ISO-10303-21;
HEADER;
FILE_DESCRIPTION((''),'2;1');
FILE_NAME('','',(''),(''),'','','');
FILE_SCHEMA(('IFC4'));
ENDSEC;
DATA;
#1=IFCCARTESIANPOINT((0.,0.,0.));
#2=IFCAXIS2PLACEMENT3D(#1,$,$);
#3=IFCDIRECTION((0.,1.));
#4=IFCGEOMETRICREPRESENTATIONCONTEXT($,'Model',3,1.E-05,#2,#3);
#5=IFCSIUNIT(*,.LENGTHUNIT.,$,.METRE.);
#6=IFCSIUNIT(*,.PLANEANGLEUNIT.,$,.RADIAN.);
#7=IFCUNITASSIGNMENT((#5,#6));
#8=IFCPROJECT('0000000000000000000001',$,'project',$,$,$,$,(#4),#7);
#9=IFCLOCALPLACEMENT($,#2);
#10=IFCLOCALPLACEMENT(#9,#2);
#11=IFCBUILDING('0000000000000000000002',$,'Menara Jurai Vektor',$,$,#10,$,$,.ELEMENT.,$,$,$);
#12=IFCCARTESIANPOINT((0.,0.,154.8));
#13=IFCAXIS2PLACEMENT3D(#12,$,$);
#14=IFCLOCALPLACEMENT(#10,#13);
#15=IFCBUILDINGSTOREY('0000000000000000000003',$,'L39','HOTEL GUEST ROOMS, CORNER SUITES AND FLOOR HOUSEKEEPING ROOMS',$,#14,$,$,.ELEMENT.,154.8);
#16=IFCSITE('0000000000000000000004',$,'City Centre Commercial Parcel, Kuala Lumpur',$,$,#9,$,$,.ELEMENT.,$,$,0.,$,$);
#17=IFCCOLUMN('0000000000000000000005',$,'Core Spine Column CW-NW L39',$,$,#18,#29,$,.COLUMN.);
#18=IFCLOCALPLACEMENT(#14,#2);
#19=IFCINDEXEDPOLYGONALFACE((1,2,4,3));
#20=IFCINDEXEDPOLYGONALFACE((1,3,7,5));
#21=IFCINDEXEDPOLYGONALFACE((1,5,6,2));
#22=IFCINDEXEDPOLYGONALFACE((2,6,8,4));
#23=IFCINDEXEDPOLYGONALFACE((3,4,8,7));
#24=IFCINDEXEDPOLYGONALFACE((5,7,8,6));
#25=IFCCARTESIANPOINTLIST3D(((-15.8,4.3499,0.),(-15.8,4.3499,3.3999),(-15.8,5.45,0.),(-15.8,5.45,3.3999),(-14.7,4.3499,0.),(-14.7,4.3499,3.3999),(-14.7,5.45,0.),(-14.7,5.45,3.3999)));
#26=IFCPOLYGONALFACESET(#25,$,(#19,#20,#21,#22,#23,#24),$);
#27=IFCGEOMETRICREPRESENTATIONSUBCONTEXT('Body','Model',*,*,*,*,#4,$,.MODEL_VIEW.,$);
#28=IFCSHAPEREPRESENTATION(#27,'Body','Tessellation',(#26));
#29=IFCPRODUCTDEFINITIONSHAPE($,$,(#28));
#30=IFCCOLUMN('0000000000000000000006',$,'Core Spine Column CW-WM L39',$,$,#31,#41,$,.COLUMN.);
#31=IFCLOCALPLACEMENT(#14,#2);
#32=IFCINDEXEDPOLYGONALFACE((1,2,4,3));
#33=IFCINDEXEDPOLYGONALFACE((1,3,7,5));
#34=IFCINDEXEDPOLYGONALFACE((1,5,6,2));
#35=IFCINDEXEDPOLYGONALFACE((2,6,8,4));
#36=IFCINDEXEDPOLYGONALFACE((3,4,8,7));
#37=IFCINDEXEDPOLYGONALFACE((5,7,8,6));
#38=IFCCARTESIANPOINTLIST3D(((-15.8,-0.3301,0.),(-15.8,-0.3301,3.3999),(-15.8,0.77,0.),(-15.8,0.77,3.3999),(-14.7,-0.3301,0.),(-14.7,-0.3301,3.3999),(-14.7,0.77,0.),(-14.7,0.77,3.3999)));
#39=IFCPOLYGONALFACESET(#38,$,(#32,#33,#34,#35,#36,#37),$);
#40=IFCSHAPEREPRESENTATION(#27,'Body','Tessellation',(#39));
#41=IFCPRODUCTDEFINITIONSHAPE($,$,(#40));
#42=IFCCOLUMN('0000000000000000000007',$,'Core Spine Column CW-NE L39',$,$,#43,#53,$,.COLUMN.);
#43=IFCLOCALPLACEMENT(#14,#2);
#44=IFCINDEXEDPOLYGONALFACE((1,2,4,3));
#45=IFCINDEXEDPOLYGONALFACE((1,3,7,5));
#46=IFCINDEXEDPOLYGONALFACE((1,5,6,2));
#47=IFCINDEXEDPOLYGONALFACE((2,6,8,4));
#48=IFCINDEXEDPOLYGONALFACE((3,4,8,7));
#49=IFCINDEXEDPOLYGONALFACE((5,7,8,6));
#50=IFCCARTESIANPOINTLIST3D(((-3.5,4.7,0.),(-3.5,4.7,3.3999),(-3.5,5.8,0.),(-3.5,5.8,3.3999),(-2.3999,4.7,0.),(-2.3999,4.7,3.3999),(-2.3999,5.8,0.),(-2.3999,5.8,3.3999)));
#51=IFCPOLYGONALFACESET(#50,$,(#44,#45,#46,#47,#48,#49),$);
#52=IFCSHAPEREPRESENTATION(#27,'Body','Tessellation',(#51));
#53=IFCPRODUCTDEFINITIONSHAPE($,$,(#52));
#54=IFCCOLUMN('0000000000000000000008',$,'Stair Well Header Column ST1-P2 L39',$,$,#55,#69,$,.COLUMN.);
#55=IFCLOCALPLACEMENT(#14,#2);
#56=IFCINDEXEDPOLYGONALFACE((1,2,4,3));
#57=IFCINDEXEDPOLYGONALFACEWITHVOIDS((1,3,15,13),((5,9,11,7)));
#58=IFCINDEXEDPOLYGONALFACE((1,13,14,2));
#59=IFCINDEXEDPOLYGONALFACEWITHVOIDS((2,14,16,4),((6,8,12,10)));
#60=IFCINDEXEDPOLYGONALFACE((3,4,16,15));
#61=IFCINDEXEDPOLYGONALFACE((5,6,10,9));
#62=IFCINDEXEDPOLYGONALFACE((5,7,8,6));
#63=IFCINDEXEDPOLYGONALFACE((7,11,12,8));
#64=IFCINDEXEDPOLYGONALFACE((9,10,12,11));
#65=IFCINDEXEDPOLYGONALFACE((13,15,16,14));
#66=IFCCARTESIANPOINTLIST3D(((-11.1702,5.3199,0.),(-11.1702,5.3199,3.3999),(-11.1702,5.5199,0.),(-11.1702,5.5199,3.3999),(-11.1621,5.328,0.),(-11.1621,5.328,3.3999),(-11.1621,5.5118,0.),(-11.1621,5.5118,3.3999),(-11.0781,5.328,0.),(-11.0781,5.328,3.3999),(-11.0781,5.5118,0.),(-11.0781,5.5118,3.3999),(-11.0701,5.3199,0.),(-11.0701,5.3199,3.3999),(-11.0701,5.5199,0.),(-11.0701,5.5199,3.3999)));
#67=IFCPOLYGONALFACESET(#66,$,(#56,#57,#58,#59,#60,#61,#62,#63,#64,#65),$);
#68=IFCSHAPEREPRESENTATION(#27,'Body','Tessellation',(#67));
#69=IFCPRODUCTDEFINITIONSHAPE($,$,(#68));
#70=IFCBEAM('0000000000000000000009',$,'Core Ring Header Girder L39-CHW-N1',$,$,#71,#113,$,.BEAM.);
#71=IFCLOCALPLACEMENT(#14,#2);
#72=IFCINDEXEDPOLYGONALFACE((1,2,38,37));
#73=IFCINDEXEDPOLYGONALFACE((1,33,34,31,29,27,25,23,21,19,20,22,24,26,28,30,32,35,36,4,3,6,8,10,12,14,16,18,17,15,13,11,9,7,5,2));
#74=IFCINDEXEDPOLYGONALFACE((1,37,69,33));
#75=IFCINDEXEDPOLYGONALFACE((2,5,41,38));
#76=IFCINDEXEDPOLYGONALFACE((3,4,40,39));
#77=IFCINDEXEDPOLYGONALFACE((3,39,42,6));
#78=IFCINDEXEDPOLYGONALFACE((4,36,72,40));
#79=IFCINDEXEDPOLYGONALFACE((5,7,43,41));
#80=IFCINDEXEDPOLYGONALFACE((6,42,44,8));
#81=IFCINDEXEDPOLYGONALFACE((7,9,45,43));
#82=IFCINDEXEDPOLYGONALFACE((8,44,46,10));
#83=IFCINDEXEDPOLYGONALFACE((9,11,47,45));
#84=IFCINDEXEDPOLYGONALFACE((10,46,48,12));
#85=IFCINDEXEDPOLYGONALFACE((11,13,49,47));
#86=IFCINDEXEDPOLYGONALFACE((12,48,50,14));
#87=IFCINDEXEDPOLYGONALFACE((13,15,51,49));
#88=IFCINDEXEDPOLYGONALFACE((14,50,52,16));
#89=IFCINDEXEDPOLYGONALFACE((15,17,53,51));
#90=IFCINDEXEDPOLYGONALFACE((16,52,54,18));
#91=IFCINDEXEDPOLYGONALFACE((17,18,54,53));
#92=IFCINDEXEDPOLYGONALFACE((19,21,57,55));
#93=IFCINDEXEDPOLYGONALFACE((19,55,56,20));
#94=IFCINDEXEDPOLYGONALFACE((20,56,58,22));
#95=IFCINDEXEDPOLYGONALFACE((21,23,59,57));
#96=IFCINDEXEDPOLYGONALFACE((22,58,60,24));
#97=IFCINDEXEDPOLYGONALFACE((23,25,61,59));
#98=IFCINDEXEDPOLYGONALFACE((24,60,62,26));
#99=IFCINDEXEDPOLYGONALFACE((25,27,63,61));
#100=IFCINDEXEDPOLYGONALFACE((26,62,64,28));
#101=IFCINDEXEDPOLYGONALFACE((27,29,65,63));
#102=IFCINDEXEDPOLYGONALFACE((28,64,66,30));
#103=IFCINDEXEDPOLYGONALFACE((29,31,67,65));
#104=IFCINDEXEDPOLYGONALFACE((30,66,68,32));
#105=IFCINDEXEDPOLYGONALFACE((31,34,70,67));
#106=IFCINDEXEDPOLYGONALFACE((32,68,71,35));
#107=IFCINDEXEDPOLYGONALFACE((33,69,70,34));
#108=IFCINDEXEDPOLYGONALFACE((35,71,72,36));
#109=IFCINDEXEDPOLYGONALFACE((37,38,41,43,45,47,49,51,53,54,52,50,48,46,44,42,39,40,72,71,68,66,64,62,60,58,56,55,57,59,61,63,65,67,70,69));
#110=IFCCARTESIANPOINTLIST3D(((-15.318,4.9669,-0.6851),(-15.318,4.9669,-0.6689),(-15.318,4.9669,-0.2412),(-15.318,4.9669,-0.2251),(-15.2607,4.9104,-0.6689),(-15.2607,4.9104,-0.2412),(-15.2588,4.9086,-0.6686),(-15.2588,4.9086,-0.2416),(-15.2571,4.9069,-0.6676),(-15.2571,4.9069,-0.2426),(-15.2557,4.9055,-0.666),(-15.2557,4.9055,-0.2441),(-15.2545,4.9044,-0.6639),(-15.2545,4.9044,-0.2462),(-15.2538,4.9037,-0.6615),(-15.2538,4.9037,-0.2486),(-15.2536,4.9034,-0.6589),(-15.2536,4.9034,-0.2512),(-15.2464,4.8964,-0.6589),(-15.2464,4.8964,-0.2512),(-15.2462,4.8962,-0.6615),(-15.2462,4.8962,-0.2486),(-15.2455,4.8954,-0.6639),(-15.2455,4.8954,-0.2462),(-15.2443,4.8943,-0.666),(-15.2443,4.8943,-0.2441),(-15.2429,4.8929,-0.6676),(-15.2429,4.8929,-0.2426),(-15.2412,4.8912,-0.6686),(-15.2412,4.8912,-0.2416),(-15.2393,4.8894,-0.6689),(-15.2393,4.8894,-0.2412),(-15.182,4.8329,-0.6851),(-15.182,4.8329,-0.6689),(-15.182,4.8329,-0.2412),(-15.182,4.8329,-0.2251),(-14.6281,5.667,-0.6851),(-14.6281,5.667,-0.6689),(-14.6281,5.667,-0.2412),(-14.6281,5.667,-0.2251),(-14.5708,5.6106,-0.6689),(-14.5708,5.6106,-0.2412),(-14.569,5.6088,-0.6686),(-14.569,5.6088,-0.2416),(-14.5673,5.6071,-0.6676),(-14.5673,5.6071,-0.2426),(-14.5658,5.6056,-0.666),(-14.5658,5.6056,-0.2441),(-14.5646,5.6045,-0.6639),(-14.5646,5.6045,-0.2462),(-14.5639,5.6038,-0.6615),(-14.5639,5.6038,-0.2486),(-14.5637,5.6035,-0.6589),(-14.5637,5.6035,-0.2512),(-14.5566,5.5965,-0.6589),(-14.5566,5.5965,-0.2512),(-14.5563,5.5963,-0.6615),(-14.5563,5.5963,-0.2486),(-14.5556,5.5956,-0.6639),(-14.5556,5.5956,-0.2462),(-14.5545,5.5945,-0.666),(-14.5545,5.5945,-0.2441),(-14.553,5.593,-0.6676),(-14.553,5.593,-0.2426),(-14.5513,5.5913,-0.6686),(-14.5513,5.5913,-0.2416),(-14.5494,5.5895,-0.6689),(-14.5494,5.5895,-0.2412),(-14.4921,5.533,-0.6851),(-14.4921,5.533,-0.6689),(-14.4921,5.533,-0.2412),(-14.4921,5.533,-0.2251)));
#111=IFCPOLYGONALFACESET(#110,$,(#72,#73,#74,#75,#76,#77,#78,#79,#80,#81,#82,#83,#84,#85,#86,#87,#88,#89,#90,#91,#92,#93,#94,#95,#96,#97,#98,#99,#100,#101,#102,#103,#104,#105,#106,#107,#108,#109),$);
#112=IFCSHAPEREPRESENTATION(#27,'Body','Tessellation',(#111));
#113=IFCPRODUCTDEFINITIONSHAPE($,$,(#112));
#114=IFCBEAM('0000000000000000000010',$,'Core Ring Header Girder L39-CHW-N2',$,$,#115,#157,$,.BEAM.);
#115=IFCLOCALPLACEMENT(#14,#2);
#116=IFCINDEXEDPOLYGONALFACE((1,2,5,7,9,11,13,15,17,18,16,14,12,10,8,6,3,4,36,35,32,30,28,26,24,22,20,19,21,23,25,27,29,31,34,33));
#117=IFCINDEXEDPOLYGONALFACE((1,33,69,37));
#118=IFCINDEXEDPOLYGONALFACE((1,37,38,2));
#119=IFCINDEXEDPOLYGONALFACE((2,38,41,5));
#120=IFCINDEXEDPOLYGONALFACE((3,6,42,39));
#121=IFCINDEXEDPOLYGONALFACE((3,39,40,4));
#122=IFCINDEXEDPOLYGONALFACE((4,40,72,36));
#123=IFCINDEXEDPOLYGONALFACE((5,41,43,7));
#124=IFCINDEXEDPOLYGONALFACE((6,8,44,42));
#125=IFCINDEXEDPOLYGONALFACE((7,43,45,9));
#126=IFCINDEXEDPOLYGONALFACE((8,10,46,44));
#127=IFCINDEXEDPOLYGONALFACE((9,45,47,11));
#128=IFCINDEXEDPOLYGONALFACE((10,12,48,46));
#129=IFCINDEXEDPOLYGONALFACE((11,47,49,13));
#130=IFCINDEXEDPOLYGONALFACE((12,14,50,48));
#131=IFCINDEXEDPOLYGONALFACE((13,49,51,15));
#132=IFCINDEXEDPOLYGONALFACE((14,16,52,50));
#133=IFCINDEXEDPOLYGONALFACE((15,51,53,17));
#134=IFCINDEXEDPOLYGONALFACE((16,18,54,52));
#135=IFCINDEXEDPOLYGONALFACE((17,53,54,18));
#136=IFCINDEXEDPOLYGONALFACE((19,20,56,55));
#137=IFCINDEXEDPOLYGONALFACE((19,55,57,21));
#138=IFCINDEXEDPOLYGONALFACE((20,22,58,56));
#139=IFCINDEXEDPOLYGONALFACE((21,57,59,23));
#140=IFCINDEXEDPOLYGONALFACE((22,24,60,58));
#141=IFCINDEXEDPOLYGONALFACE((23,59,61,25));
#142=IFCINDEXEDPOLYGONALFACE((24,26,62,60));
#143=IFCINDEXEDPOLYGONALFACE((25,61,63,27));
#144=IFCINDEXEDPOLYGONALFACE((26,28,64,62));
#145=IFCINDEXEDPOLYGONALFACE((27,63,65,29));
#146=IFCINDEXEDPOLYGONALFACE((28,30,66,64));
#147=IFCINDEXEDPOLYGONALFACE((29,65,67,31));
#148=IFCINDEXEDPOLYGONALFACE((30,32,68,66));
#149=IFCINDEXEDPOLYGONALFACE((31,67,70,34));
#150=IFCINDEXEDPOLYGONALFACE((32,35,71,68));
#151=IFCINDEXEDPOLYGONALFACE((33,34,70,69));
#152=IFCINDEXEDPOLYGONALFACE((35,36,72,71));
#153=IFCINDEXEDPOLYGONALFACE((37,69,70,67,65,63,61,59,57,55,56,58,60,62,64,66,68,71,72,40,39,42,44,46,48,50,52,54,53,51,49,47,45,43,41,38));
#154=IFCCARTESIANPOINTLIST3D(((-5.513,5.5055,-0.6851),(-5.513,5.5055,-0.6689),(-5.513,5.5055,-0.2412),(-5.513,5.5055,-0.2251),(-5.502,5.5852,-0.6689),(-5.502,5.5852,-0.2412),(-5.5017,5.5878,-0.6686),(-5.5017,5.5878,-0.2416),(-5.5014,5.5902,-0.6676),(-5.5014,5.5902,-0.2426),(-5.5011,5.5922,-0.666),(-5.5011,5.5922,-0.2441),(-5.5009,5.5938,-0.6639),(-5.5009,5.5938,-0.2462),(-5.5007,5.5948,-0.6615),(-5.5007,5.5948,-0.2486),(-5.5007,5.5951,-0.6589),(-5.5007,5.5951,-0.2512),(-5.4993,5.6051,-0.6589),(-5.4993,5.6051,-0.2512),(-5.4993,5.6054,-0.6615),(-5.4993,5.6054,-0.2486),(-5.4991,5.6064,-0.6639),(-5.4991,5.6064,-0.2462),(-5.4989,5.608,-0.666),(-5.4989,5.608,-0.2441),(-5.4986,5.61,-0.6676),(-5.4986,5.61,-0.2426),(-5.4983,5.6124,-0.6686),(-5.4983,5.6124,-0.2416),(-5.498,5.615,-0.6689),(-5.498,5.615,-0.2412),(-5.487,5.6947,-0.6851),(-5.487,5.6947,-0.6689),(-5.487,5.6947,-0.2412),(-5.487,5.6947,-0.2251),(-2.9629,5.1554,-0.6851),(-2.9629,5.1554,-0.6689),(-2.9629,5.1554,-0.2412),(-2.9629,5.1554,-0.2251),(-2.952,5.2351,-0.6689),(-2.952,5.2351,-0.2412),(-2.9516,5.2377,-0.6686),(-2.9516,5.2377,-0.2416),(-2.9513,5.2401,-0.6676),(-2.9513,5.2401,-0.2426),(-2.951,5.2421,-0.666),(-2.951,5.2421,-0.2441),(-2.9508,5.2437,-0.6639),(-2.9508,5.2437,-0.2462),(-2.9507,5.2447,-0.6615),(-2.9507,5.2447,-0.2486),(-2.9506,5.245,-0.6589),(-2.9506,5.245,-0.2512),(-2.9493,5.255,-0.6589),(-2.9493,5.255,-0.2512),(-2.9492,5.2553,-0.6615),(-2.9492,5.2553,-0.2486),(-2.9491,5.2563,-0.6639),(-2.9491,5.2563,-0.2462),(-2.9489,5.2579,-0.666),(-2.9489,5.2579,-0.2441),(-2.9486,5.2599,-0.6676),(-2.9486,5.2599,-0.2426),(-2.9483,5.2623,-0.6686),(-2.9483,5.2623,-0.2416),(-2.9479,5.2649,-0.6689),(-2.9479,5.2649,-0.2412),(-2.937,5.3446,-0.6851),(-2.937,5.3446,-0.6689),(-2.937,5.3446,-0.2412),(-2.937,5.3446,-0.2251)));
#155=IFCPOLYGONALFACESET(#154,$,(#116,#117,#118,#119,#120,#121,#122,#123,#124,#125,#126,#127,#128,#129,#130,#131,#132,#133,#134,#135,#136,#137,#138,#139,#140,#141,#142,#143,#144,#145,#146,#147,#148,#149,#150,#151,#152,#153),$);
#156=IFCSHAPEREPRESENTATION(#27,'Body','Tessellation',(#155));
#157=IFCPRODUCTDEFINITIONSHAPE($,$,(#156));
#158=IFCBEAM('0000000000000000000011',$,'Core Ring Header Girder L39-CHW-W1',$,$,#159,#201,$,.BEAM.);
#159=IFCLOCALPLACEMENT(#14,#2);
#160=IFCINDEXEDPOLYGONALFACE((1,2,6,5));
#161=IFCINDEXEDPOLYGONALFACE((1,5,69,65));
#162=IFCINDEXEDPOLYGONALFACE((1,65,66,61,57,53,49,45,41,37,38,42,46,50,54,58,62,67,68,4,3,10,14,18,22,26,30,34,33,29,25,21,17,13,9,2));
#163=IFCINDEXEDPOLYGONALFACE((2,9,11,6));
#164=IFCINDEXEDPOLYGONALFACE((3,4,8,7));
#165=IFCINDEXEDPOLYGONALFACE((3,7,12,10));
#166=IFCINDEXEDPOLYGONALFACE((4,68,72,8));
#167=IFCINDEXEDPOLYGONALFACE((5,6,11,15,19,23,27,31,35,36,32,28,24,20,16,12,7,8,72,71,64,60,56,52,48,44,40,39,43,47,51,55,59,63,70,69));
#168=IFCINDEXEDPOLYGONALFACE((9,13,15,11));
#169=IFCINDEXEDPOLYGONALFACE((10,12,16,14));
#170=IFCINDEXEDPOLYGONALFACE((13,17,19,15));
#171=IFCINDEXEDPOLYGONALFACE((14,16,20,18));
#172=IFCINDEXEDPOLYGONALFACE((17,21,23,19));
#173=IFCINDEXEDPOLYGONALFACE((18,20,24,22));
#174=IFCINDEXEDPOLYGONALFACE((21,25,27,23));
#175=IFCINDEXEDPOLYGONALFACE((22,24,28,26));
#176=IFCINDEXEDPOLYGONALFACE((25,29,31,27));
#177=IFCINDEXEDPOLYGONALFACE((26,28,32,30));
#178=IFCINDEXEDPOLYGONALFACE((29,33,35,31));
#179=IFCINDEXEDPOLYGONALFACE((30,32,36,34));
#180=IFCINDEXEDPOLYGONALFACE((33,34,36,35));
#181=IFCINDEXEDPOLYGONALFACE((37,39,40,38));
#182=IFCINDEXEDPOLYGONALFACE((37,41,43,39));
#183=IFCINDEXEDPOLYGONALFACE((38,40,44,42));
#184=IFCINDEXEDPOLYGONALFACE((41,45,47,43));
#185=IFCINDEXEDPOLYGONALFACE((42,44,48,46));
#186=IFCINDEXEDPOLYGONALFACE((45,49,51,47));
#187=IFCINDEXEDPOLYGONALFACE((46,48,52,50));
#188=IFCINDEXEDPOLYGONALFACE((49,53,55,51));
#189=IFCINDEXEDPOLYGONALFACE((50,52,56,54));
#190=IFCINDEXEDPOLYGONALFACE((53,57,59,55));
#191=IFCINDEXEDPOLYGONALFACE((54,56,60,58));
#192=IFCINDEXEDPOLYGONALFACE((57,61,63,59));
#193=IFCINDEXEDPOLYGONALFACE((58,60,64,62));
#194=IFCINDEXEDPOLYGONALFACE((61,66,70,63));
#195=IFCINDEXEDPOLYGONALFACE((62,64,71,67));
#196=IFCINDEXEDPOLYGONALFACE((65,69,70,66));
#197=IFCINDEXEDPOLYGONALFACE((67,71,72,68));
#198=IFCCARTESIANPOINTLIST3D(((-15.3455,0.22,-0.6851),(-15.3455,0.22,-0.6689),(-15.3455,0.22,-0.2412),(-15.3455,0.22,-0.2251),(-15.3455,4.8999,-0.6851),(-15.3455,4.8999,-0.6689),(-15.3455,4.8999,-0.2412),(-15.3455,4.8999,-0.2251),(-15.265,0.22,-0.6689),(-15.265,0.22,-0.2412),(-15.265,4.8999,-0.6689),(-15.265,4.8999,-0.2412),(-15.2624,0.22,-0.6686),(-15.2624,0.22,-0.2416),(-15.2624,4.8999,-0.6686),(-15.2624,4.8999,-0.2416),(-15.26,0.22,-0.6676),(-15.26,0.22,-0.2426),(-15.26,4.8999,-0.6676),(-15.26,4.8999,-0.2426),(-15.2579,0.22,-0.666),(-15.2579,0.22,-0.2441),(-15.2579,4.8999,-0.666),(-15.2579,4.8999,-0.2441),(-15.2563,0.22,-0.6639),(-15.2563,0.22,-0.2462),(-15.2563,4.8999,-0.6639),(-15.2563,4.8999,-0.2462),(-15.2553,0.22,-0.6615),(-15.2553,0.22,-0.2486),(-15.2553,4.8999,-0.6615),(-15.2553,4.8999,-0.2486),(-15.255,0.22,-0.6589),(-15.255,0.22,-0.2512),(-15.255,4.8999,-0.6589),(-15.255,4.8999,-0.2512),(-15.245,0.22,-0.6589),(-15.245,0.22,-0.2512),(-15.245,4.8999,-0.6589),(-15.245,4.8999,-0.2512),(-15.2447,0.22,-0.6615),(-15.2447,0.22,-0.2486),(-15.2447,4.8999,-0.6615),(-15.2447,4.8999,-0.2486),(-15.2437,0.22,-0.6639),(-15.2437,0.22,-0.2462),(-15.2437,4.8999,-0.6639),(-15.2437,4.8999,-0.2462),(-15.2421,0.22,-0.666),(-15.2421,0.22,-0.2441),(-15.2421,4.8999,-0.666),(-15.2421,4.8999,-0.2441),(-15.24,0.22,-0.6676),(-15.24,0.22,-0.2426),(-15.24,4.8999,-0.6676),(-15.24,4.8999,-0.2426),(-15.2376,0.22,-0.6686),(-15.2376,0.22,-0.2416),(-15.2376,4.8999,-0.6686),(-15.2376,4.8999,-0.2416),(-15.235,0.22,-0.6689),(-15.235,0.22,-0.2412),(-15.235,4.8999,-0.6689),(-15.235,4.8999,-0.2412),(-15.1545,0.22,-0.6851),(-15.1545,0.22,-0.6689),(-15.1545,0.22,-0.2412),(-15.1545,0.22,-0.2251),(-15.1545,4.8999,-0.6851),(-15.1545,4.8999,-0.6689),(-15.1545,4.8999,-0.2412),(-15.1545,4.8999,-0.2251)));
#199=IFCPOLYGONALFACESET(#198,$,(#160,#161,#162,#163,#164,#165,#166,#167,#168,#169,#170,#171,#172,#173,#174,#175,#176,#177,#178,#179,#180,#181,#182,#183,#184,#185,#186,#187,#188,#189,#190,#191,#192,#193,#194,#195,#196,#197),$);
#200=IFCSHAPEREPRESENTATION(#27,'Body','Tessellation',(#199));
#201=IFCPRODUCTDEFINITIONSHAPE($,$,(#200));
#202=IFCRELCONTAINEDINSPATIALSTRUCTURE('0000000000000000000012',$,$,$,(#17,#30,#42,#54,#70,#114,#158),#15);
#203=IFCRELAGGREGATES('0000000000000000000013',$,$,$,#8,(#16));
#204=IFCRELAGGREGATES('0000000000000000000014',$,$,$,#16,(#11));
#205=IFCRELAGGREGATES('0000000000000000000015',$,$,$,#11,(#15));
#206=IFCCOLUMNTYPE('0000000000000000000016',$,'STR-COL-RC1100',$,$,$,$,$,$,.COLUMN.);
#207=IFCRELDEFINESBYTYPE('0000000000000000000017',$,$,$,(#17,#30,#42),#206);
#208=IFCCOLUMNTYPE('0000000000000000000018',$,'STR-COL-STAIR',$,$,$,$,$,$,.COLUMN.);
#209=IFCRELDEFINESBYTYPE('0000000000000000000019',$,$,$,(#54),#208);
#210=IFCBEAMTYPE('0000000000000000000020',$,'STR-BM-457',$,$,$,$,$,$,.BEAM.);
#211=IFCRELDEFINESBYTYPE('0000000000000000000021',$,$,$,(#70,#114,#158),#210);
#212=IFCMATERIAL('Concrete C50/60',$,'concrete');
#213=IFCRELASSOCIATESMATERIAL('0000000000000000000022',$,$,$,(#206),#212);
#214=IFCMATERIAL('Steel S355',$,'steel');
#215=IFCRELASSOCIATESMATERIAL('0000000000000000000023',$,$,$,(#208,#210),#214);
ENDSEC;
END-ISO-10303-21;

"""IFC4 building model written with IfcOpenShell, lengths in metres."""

from ifc_helpers import new_model, si_unit, direction, frame, origin, origin_2d, place, context, subcontext, project, spatial, rectangle, hollow_rectangle, i_section, extrude, material, material_profile, profile_set, type_object, element, save


model = new_model("IFC4")

# Units and contexts
model_context = context("Model", 3, precision=1e-05, world=origin(), true_north=direction((0.0, 1.0)))
body_context = subcontext(model_context, "Body", "Model", "MODEL_VIEW")
ifc_project = project(units=[si_unit("LENGTHUNIT", "METRE"), si_unit("PLANEANGLEUNIT", "RADIAN")], contexts=[model_context])

# Site, building, storey
site_placement = place(None, origin())
site = spatial("IfcSite", under=ifc_project, at=site_placement, Name="City Centre Commercial Parcel, Kuala Lumpur", CompositionType="ELEMENT", RefElevation=0.0)
building_placement = place(site_placement, origin())
building = spatial("IfcBuilding", under=site, at=building_placement, Name="Menara Jurai Vektor", CompositionType="ELEMENT")
storey_placement = place(building_placement, frame((0.0, 0.0, 154.8)))
storey = spatial("IfcBuildingStorey", under=building, at=storey_placement, Name="L39", Description="HOTEL GUEST ROOMS, CORNER SUITES AND FLOOR HOUSEKEEPING ROOMS", CompositionType="ELEMENT", Elevation=154.8)

# Columns
ifc_material_1 = material(Name="Concrete C50/60", Category="concrete")
ifc_material_profile_1 = material_profile(ifc_material_1, rectangle(XDim=1.1001, YDim=1.1001, at=origin_2d()), Name="RC 1100x1100")
ifc_profile_set_1 = profile_set([ifc_material_profile_1], Name="Concrete C50/60")
column_type_1 = type_object("IfcColumnType", Name="STR-COL-RC1100", PredefinedType="COLUMN", material=ifc_profile_set_1)
for number, where, z_axis, x_axis, name in (
    (1, (-15.25, 4.8999, 0.0), (0.0, 0.0, 1.0), (1.0, 0.0, 0.0), "Core Spine Column CW-NW L39"),
    (2, (-15.25, 0.22, 0.0), (0.0, 0.0, 1.0), (1.0, 0.0, 0.0), "Core Spine Column CW-WM L39"),
    (3, (-2.95, 5.25, 0.0), (0.0, 0.0, 1.0), (1.0, 0.0, 0.0), "Core Spine Column CW-NE L39"),
):
    element("IfcColumn", number, at=place(storey_placement, frame(where, z_axis=z_axis, x_axis=x_axis)), inside=storey, type_object=column_type_1, Name=name, PredefinedType="COLUMN", context=body_context, shape_type="SweptSolid", body=[
        extrude(rectangle(XDim=1.1001, YDim=1.1001, at=origin_2d()), origin(), (0.0, 0.0, 1.0), 3.3999),
    ])
ifc_material_2 = material(Name="Steel S355", Category="steel")
ifc_material_profile_2 = material_profile(ifc_material_2, hollow_rectangle(XDim=0.1001, YDim=0.2, WallThickness=0.0081, at=origin_2d()), Name="RHS 200x100x8")
ifc_profile_set_2 = profile_set([ifc_material_profile_2], Name="Steel S355")
column_type_2 = type_object("IfcColumnType", Name="STR-COL-STAIR", PredefinedType="COLUMN", material=ifc_profile_set_2)
column_placement = place(storey_placement, frame((-11.1201, 5.4199, 0.0), z_axis=(0.0, 0.0, 1.0), x_axis=(1.0, 0.0, 0.0)))
element("IfcColumn", 4, at=column_placement, inside=storey, type_object=column_type_2, Name="Stair Well Header Column ST1-P2 L39", PredefinedType="COLUMN", context=body_context, shape_type="SweptSolid", body=[
    extrude(hollow_rectangle(XDim=0.1001, YDim=0.2, WallThickness=0.0081, at=origin_2d()), origin(), (0.0, 0.0, 1.0), 3.3999),
])

# Beams
ifc_material_profile_3 = material_profile(ifc_material_2, i_section(OverallWidth=0.1909, OverallDepth=0.46, WebThickness=0.01, FlangeThickness=0.0161, FilletRadius=0.01, at=origin_2d()), Name="UKB 457x191x82")
ifc_profile_set_3 = profile_set([ifc_material_profile_3], Name="Steel S355")
beam_type_1 = type_object("IfcBeamType", Name="STR-BM-457", PredefinedType="BEAM", material=ifc_profile_set_3)
beam_1_placement = place(storey_placement, frame((-15.25, 4.8999, -0.4551), z_axis=(0.701872, 0.712303, 0.0), x_axis=(-0.712303, 0.701872, 0.0)))
element("IfcBeam", 5, at=beam_1_placement, inside=storey, type_object=beam_type_1, Name="Core Ring Header Girder L39-CHW-N1", PredefinedType="BEAM", context=body_context, shape_type="SweptSolid", body=[
    extrude(i_section(OverallWidth=0.1909, OverallDepth=0.46, WebThickness=0.01, FlangeThickness=0.0161, FilletRadius=0.01, at=origin_2d()), origin(), (0.0, 0.0, 1.0), 0.9829),
])
beam_2_placement = place(storey_placement, frame((-5.5, 5.6001, -0.4551), z_axis=(0.990707, -0.136015, 0.0), x_axis=(0.136015, 0.990707, 0.0)))
element("IfcBeam", 6, at=beam_2_placement, inside=storey, type_object=beam_type_1, Name="Core Ring Header Girder L39-CHW-N2", PredefinedType="BEAM", context=body_context, shape_type="SweptSolid", body=[
    extrude(i_section(OverallWidth=0.1909, OverallDepth=0.46, WebThickness=0.01, FlangeThickness=0.0161, FilletRadius=0.01, at=origin_2d()), origin(), (0.0, 0.0, 1.0), 2.574),
])
beam_3_placement = place(storey_placement, frame((-15.25, 0.22, -0.4551), z_axis=(0.0, 1.0, 0.0), x_axis=(-1.0, 0.0, 0.0)))
element("IfcBeam", 7, at=beam_3_placement, inside=storey, type_object=beam_type_1, Name="Core Ring Header Girder L39-CHW-W1", PredefinedType="BEAM", context=body_context, shape_type="SweptSolid", body=[
    extrude(i_section(OverallWidth=0.1909, OverallDepth=0.46, WebThickness=0.01, FlangeThickness=0.0161, FilletRadius=0.01, at=origin_2d()), origin(), (0.0, 0.0, 1.0), 4.6799),
])

save(model, "model.ifc")
